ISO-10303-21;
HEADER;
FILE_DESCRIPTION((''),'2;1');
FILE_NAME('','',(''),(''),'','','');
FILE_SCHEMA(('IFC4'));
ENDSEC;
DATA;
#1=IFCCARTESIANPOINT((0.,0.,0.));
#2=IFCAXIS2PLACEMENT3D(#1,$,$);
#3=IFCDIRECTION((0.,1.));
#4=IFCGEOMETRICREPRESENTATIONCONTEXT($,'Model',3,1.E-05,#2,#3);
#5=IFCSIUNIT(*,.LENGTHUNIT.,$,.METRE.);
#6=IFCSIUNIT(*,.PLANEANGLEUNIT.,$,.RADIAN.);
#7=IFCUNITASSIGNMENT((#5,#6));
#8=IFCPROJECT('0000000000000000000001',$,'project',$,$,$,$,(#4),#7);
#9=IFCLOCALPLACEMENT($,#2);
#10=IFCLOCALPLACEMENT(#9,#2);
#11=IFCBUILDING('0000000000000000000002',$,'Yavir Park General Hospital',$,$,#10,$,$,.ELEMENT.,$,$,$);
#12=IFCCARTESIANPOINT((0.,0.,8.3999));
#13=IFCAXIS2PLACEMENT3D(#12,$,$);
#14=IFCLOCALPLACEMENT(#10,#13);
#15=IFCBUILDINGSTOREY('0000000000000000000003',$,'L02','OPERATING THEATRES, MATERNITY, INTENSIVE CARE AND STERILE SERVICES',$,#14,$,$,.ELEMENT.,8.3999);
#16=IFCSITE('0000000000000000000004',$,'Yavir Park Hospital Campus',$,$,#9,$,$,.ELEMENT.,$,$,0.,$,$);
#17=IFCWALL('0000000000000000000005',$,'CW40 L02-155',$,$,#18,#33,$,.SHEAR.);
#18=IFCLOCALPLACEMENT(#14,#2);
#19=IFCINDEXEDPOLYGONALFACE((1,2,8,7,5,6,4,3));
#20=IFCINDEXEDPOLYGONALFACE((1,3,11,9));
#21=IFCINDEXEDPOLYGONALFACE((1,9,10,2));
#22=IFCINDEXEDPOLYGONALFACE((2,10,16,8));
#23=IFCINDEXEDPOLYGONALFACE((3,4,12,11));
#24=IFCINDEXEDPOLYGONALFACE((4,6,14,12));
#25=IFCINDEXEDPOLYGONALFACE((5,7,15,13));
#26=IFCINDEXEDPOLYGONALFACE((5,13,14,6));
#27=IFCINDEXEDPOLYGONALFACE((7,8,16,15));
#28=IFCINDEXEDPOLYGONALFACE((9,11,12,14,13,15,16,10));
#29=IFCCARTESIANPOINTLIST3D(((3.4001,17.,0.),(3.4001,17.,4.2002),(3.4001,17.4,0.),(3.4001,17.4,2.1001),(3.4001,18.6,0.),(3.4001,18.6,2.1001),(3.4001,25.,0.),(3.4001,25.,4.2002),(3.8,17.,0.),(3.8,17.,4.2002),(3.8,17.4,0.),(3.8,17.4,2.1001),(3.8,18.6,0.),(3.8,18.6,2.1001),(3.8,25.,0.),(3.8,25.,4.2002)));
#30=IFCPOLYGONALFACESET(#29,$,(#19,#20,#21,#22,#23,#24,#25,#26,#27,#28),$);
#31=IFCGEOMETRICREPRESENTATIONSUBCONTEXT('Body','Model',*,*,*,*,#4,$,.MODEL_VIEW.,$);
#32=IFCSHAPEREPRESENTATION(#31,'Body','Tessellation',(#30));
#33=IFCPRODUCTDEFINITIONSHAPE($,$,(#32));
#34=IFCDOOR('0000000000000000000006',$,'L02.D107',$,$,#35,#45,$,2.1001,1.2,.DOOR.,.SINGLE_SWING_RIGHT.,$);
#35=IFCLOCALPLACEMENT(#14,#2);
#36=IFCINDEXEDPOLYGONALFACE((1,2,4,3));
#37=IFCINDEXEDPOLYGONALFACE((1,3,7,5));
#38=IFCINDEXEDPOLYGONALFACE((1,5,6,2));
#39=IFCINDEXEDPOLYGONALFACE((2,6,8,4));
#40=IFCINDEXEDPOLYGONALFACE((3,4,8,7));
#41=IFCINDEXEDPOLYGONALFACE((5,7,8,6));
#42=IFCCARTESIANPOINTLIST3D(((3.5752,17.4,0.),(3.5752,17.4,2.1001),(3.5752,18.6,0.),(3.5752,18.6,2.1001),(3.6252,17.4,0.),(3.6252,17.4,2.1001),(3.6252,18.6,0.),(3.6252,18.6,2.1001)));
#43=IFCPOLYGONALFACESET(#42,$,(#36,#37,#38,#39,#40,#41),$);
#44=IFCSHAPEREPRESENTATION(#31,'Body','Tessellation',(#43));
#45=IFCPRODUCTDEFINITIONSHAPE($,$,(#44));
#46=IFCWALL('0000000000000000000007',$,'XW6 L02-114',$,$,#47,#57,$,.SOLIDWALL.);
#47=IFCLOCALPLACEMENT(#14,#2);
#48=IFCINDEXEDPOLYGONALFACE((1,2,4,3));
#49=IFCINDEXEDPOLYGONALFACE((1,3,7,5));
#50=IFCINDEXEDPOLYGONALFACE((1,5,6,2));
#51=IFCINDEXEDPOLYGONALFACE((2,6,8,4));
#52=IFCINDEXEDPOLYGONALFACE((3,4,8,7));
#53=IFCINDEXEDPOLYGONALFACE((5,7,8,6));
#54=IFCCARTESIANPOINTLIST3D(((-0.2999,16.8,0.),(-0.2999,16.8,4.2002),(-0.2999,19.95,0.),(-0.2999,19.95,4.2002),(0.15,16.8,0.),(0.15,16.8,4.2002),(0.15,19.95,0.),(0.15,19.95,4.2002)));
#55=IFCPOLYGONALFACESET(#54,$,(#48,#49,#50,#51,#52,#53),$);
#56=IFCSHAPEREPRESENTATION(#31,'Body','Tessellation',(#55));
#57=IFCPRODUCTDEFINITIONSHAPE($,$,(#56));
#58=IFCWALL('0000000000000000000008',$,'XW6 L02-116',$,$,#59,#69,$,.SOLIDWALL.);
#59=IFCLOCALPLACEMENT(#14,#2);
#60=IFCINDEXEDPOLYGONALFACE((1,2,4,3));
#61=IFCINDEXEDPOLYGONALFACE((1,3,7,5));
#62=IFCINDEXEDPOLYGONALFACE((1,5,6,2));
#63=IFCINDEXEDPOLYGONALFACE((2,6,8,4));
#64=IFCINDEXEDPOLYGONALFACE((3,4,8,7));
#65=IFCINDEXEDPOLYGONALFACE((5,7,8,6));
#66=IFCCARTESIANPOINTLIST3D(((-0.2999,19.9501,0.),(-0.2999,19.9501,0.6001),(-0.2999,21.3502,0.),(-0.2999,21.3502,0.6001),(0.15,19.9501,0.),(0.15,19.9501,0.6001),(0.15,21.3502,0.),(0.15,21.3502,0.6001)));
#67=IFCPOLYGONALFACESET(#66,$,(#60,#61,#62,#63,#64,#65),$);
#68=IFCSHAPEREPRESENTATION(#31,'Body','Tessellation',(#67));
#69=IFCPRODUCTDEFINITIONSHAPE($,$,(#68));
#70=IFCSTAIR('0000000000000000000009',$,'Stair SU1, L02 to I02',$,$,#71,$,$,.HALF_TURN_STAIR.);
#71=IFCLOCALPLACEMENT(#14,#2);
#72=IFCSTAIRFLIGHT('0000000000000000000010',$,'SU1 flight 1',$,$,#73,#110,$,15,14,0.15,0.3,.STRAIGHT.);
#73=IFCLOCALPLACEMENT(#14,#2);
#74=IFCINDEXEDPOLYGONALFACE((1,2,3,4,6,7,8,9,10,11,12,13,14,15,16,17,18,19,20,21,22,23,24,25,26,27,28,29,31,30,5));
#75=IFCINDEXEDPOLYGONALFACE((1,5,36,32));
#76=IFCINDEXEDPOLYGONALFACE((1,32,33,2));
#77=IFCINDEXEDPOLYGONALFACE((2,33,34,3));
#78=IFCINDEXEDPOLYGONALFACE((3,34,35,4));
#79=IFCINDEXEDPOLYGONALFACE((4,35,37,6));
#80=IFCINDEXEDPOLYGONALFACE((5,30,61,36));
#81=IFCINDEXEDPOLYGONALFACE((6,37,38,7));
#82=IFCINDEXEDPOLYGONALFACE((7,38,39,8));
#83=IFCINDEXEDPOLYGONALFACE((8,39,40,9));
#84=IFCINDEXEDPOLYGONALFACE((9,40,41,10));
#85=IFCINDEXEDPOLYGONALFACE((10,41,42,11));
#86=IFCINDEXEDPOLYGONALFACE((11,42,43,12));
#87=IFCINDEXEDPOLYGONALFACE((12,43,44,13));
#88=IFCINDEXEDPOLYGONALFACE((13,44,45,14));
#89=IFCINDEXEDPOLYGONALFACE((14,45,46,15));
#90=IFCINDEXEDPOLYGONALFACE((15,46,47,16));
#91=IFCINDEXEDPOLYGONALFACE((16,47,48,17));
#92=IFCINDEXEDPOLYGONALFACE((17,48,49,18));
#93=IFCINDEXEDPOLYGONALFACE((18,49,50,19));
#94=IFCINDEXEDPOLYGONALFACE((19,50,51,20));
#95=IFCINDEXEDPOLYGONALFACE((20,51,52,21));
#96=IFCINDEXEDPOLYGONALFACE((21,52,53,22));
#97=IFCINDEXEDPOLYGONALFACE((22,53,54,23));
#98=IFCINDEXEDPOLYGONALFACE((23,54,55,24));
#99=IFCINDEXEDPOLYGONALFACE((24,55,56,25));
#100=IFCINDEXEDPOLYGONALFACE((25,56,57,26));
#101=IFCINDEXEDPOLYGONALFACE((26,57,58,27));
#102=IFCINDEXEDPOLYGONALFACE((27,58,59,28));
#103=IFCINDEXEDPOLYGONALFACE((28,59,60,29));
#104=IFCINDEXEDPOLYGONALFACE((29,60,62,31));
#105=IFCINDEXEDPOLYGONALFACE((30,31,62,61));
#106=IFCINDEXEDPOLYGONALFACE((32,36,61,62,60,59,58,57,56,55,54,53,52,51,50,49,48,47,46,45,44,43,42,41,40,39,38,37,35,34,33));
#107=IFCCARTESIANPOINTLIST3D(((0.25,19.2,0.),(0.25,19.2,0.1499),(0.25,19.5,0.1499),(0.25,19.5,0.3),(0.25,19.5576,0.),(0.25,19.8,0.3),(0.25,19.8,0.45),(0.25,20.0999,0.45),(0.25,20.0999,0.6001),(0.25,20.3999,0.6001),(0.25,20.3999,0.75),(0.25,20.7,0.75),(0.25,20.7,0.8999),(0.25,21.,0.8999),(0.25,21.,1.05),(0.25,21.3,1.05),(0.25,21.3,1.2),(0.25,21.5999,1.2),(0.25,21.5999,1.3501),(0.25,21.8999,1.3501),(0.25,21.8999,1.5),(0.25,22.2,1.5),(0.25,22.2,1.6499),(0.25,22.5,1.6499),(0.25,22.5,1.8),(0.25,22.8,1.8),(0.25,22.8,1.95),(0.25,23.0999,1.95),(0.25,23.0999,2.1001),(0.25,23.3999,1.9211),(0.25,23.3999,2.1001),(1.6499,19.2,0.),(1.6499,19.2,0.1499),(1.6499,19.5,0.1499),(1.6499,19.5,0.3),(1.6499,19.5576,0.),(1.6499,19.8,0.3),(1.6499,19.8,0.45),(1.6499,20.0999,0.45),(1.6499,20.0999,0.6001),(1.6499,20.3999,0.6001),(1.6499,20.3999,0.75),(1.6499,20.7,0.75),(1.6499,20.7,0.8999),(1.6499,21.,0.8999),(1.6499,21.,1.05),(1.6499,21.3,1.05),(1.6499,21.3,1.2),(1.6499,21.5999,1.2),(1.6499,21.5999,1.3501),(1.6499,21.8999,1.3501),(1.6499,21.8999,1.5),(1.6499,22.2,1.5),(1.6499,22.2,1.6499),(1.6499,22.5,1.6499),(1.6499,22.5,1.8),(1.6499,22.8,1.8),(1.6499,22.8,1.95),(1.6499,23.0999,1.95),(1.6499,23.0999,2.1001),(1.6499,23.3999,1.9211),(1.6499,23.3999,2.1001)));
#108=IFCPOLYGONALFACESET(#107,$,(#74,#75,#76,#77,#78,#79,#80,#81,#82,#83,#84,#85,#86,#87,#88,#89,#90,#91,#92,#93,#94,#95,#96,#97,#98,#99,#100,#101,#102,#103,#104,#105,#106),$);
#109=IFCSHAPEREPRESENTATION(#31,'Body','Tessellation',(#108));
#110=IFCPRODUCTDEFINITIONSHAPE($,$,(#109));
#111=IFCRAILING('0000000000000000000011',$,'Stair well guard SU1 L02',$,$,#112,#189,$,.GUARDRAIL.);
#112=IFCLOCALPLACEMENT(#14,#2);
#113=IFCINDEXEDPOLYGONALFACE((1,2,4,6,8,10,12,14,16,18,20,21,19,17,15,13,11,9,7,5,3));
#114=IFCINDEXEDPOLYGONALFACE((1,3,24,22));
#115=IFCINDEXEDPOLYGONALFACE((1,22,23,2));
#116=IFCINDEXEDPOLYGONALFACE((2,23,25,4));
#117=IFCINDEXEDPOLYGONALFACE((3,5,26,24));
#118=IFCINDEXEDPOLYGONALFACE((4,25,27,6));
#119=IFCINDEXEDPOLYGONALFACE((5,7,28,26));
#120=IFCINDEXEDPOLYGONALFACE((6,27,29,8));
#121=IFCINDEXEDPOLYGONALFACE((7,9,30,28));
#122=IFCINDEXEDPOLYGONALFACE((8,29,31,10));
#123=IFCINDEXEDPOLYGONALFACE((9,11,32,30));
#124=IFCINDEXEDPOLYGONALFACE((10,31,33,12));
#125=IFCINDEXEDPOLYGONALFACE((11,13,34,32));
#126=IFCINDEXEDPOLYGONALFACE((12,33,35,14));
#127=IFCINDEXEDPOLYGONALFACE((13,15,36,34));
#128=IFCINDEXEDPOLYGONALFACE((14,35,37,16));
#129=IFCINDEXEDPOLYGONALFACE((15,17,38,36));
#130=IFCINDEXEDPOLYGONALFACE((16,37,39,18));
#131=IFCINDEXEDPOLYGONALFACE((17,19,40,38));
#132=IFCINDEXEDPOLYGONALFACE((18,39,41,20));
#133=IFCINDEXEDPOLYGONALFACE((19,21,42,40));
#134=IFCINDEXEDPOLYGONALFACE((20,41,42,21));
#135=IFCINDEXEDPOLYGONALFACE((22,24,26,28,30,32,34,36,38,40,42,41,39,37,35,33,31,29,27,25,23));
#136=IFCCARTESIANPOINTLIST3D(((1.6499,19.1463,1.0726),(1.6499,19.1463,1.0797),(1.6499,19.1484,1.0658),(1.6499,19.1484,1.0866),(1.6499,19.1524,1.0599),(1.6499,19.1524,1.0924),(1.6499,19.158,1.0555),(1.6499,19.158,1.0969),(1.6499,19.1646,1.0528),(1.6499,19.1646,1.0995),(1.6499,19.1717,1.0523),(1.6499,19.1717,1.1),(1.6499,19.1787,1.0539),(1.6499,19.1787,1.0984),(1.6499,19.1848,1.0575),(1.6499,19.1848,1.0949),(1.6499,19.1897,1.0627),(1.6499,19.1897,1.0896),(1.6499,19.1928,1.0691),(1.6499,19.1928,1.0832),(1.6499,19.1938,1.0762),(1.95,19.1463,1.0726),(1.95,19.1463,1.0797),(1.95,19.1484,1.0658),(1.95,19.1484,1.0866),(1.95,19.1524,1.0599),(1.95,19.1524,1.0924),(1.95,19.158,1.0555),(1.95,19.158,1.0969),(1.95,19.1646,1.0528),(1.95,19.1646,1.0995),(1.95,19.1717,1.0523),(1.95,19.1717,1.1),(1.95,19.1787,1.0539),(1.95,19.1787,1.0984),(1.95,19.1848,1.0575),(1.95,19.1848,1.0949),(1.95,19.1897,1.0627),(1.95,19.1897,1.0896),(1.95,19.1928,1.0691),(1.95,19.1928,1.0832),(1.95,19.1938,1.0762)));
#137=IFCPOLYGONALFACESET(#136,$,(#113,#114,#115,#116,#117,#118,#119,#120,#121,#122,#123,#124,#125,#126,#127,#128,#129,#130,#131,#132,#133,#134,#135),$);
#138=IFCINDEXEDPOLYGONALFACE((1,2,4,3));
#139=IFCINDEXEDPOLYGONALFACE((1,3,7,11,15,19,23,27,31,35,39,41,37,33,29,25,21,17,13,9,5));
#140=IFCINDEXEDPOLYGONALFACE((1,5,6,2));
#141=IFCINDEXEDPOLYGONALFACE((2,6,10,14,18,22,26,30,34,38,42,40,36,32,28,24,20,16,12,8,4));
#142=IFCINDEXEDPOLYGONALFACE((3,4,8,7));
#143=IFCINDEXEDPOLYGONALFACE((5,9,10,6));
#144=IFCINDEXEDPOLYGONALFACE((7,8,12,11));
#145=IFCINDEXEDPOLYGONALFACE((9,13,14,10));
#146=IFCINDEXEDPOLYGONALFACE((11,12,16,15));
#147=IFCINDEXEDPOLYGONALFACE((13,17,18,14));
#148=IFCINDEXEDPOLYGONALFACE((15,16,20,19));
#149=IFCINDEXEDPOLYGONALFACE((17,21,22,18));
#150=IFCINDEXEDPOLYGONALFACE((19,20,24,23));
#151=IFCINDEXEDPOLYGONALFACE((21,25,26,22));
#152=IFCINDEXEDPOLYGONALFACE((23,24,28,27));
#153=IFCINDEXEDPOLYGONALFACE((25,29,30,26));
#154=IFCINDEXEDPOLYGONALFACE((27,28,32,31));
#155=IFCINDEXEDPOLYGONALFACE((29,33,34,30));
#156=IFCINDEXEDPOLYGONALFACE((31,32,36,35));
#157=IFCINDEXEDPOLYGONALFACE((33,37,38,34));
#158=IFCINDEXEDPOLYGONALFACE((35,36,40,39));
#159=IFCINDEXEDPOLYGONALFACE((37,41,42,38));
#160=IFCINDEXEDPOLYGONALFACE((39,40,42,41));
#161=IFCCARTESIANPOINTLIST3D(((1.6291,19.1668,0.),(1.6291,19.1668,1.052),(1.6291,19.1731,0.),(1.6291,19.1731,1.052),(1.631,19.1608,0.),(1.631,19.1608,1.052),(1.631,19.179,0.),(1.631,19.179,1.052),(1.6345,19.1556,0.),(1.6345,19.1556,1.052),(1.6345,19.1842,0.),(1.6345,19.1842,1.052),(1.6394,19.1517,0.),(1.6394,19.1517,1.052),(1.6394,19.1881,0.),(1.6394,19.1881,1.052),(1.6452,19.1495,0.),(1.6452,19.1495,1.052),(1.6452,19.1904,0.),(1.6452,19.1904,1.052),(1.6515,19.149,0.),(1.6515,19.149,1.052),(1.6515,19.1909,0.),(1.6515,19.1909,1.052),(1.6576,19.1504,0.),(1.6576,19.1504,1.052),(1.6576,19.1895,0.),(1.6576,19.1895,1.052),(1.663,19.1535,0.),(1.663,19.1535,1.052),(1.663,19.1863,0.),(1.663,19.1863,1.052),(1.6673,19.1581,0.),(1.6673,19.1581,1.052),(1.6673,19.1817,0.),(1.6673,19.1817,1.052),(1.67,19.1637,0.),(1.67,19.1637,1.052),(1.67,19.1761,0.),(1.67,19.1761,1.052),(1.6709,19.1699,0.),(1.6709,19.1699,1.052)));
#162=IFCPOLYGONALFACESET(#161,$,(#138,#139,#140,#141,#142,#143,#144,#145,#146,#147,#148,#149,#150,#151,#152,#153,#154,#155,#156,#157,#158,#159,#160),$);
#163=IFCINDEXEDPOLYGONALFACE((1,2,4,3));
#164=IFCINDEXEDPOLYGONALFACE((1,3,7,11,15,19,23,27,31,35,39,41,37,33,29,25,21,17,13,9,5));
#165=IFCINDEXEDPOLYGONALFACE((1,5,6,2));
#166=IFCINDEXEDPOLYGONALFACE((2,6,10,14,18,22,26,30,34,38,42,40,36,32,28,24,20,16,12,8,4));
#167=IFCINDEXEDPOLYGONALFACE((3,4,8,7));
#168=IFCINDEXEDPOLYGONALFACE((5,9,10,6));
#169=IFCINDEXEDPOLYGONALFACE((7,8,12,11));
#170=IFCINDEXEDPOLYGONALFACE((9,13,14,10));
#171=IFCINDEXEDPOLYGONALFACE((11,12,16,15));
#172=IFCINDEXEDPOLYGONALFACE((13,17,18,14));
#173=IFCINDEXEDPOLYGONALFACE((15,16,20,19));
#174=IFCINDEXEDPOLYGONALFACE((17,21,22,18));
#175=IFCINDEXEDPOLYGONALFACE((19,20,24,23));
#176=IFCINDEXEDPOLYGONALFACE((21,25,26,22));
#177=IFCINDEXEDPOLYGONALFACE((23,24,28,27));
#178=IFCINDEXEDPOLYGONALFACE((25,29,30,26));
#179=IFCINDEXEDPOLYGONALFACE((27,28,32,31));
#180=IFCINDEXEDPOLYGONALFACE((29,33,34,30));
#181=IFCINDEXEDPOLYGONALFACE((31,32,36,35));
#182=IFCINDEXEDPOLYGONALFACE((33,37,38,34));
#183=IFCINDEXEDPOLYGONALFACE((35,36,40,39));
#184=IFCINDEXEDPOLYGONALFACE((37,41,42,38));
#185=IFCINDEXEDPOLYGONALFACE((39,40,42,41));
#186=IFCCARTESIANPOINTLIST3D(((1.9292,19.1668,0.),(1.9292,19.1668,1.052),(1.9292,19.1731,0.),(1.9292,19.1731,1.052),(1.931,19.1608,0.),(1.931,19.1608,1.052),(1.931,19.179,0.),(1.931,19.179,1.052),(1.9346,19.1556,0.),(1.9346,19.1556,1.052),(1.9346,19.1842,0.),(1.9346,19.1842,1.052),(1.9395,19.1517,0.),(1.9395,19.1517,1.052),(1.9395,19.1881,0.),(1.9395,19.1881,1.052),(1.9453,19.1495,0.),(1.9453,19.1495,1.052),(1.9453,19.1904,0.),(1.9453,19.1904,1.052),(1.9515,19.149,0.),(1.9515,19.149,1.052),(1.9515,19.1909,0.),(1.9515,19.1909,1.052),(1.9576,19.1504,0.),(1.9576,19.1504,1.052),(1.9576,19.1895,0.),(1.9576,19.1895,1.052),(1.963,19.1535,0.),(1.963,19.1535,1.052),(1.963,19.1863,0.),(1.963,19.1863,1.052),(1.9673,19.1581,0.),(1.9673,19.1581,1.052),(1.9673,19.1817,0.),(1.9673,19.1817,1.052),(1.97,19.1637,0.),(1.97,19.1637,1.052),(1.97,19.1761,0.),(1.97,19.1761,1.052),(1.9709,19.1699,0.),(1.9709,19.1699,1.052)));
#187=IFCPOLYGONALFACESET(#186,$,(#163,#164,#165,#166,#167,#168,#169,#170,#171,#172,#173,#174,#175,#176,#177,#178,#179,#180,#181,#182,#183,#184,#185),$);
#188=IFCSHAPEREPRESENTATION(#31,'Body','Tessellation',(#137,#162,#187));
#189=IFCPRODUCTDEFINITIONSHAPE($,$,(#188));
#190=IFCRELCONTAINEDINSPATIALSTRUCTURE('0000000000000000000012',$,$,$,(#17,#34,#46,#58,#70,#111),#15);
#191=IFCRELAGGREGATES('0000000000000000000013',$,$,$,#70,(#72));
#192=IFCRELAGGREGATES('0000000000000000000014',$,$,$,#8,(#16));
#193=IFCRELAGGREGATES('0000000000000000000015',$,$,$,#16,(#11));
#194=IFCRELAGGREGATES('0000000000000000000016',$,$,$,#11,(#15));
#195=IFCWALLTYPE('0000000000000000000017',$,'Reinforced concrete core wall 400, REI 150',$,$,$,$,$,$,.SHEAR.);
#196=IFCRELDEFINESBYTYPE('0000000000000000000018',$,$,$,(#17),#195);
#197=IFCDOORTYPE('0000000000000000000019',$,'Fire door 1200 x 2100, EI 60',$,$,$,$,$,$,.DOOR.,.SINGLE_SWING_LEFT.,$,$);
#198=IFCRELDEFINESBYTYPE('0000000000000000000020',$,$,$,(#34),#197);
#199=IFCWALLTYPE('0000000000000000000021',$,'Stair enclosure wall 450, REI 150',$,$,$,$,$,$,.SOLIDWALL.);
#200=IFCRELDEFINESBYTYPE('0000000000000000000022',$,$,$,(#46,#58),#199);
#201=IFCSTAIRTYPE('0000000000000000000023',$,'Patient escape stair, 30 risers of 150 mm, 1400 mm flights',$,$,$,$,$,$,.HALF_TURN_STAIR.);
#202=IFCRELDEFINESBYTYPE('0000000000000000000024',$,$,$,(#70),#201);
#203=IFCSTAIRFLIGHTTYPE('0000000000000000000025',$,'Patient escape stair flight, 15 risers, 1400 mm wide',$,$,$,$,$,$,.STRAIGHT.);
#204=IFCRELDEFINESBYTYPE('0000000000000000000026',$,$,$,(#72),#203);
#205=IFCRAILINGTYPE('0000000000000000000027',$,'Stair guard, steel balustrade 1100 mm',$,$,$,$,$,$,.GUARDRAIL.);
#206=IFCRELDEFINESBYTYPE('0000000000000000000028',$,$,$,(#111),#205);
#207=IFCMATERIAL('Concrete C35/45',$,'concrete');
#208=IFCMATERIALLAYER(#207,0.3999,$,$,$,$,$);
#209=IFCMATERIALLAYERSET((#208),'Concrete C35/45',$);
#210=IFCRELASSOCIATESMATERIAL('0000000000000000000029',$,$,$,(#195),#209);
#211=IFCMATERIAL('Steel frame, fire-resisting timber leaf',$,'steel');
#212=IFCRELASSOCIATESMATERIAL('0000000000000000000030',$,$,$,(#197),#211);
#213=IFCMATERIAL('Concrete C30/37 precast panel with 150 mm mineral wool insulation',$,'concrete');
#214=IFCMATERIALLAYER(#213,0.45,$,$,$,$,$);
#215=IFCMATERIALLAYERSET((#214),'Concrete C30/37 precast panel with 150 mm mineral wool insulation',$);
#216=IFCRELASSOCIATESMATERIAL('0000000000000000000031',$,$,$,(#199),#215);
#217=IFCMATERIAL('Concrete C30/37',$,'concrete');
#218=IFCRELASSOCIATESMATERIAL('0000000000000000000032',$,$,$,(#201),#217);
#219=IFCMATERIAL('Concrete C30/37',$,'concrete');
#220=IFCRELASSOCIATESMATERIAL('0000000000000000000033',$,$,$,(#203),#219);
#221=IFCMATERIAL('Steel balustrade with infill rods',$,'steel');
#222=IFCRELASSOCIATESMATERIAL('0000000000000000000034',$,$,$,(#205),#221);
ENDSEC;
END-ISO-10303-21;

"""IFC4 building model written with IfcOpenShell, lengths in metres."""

from ifc_helpers import new_model, si_unit, direction, frame, frame_2d, origin, origin_2d, place, context, subcontext, project, spatial, polyline, rectangle, circle, outline, extrude, material, layer, layer_set, type_object, element, fill, aggregate, save


model = new_model("IFC4")

# Units and contexts
model_context = context("Model", 3, precision=1e-05, world=origin(), true_north=direction((0.0, 1.0)))
body_context = subcontext(model_context, "Body", "Model", "MODEL_VIEW")
ifc_project = project(units=[si_unit("LENGTHUNIT", "METRE"), si_unit("PLANEANGLEUNIT", "RADIAN")], contexts=[model_context])

# Site, building, storey
site_placement = place(None, origin())
site = spatial("IfcSite", under=ifc_project, at=site_placement, Name="Yavir Park Hospital Campus", CompositionType="ELEMENT", RefElevation=0.0)
building_placement = place(site_placement, origin())
building = spatial("IfcBuilding", under=site, at=building_placement, Name="Yavir Park General Hospital", CompositionType="ELEMENT")
storey_placement = place(building_placement, frame((0.0, 0.0, 8.3999)))
storey = spatial("IfcBuildingStorey", under=building, at=storey_placement, Name="L02", Description="OPERATING THEATRES, MATERNITY, INTENSIVE CARE AND STERILE SERVICES", CompositionType="ELEMENT", Elevation=8.3999)

# Shared definitions
ifc_material_1 = material(Name="Concrete C35/45", Category="concrete")
ifc_layer_1 = layer(ifc_material_1, 0.3999)
ifc_layer_set_1 = layer_set([ifc_layer_1], Name="Concrete C35/45")
wall_type_1 = type_object("IfcWallType", Name="Reinforced concrete core wall 400, REI 150", PredefinedType="SHEAR", material=ifc_layer_set_1)

# Wall, opening, door
wall_1_placement = place(storey_placement, frame((3.6001, 17.0, 0.0), z_axis=(0.0, 0.0, 1.0), x_axis=(0.0, 1.0, 0.0)))
wall_1 = element("IfcWall", 1, at=wall_1_placement, inside=storey, type_object=wall_type_1, Name="CW40 L02-155", PredefinedType="SHEAR", context=body_context, shape_type="SweptSolid", body=[
    extrude(rectangle(XDim=8.0, YDim=0.3999, at=frame_2d((4.0, 0.0))), origin(), (0.0, 0.0, 1.0), 4.2002),
])
opening_1_placement = place(wall_1_placement, frame((0.3999, 0.0, 0.0)))
opening_1 = element("IfcOpeningElement", 2, at=opening_1_placement, cuts=wall_1, PredefinedType="OPENING", context=body_context, shape_type="SweptSolid", body=[
    extrude(rectangle(XDim=1.2, YDim=2.1001, at=frame_2d((0.6001, 1.05))), frame((0.0, 0.21, 0.0), z_axis=(0.0, -1.0, 0.0), x_axis=(1.0, 0.0, 0.0)), (0.0, 0.0, 1.0), 0.4199),
])
ifc_material_2 = material(Name="Steel frame, fire-resisting timber leaf", Category="steel")
door_type_1 = type_object("IfcDoorType", Name="Fire door 1200 x 2100, EI 60", OperationType="SINGLE_SWING_LEFT", PredefinedType="DOOR", material=ifc_material_2)
door_1_placement = place(opening_1_placement, origin())
door_1 = element("IfcDoor", 3, at=door_1_placement, inside=storey, type_object=door_type_1, Name="L02.D107", OperationType="SINGLE_SWING_RIGHT", OverallHeight=2.1001, OverallWidth=1.2, PredefinedType="DOOR", context=body_context, shape_type="SweptSolid", body=[
    extrude(rectangle(XDim=1.2, YDim=2.1001, at=frame_2d((0.6001, 1.05))), frame((0.0, 0.0249, 0.0), z_axis=(0.0, -1.0, 0.0), x_axis=(1.0, 0.0, 0.0)), (0.0, 0.0, 1.0), 0.05),
])
fill(opening_1, door_1)

# Walls
ifc_material_3 = material(Name="Concrete C30/37 precast panel with 150 mm mineral wool insulation", Category="concrete")
ifc_layer_2 = layer(ifc_material_3, 0.45)
ifc_layer_set_2 = layer_set([ifc_layer_2], Name="Concrete C30/37 precast panel with 150 mm mineral wool insulation")
wall_type_2 = type_object("IfcWallType", Name="Stair enclosure wall 450, REI 150", PredefinedType="SOLIDWALL", material=ifc_layer_set_2)
wall_2_placement = place(storey_placement, frame((-0.075, 16.8, 0.0), z_axis=(0.0, 0.0, 1.0), x_axis=(0.0, 1.0, 0.0)))
element("IfcWall", 4, at=wall_2_placement, inside=storey, type_object=wall_type_2, Name="XW6 L02-114", PredefinedType="SOLIDWALL", context=body_context, shape_type="SweptSolid", body=[
    extrude(rectangle(XDim=3.1499, YDim=0.45, at=frame_2d((1.575, 0.0))), origin(), (0.0, 0.0, 1.0), 4.2002),
])
wall_3_placement = place(storey_placement, frame((-0.075, 19.95, 0.0), z_axis=(0.0, 0.0, 1.0), x_axis=(0.0, 1.0, 0.0)))
element("IfcWall", 5, at=wall_3_placement, inside=storey, type_object=wall_type_2, Name="XW6 L02-116", PredefinedType="SOLIDWALL", context=body_context, shape_type="SweptSolid", body=[
    extrude(rectangle(XDim=1.4001, YDim=0.45, at=frame_2d((0.7002, 0.0))), origin(), (0.0, 0.0, 1.0), 0.6001),
])

# Stair, stair flight
ifc_material_4 = material(Name="Concrete C30/37", Category="concrete")
stair_type = type_object("IfcStairType", Name="Patient escape stair, 30 risers of 150 mm, 1400 mm flights", PredefinedType="HALF_TURN_STAIR", material=ifc_material_4)
stair_placement = place(storey_placement, origin())
stair = element("IfcStair", 6, at=stair_placement, inside=storey, type_object=stair_type, Name="Stair SU1, L02 to I02", PredefinedType="HALF_TURN_STAIR")
ifc_material_5 = material(Name="Concrete C30/37", Category="concrete")
stair_flight_type = type_object("IfcStairFlightType", Name="Patient escape stair flight, 15 risers, 1400 mm wide", PredefinedType="STRAIGHT", material=ifc_material_5)
stair_flight_placement = place(storey_placement, frame((0.95, 19.2, 0.0), z_axis=(0.0, 0.0, 1.0), x_axis=(0.0, 1.0, 0.0)))
stair_flight = element("IfcStairFlight", 7, at=stair_flight_placement, type_object=stair_flight_type, Name="SU1 flight 1", NumberOfRisers=15, NumberOfTreads=14, PredefinedType="STRAIGHT", RiserHeight=0.15, TreadLength=0.3, context=body_context, shape_type="SweptSolid", body=[
    extrude(outline(polyline([(0.0, 0.0), (0.0, 0.1499), (0.3, 0.1499), (0.3, 0.3), (0.6001, 0.3), (0.6001, 0.45), (0.8999, 0.45), (0.8999, 0.6001), (1.2, 0.6001), (1.2, 0.75), (1.5, 0.75), (1.5, 0.8999), (1.8, 0.8999), (1.8, 1.05), (2.1001, 1.05), (2.1001, 1.2), (2.3999, 1.2), (2.3999, 1.3501), (2.7, 1.3501), (2.7, 1.5), (3.0, 1.5), (3.0, 1.6499), (3.3, 1.6499), (3.3, 1.8), (3.6001, 1.8), (3.6001, 1.95), (3.8999, 1.95), (3.8999, 2.1001), (4.2, 2.1001), (4.2, 2.25), (4.2, 1.9211), (0.3577, 0.0), (0.0, 0.0)])), frame((0.0, 0.7, 0.0), z_axis=(0.0, -1.0, 0.0), x_axis=(1.0, 0.0, 0.0)), (0.0, 0.0, 1.0), 1.3999),
])
aggregate(stair, [stair_flight])

# Railing
ifc_material_6 = material(Name="Steel balustrade with infill rods", Category="steel")
railing_type_1 = type_object("IfcRailingType", Name="Stair guard, steel balustrade 1100 mm", PredefinedType="GUARDRAIL", material=ifc_material_6)
railing_placement = place(storey_placement, frame((1.6499, 19.1699, 0.0)))
element("IfcRailing", 8, at=railing_placement, inside=storey, type_object=railing_type_1, Name="Stair well guard SU1 L02", PredefinedType="GUARDRAIL", context=body_context, shape_type="SweptSolid", body=[
    extrude(circle(Radius=0.0239, at=origin_2d()), frame((0.0, 0.0, 1.0762), z_axis=(1.0, 0.0, 0.0), x_axis=(0.0, 1.0, 0.0)), (0.0, 0.0, 1.0), 0.3),
    extrude(circle(Radius=0.021, at=origin_2d()), origin(), (0.0, 0.0, 1.0), 1.052),
    extrude(circle(Radius=0.021, at=origin_2d()), frame((0.3, 0.0, 0.0)), (0.0, 0.0, 1.0), 1.052),
])

save(model, "model.ifc")
